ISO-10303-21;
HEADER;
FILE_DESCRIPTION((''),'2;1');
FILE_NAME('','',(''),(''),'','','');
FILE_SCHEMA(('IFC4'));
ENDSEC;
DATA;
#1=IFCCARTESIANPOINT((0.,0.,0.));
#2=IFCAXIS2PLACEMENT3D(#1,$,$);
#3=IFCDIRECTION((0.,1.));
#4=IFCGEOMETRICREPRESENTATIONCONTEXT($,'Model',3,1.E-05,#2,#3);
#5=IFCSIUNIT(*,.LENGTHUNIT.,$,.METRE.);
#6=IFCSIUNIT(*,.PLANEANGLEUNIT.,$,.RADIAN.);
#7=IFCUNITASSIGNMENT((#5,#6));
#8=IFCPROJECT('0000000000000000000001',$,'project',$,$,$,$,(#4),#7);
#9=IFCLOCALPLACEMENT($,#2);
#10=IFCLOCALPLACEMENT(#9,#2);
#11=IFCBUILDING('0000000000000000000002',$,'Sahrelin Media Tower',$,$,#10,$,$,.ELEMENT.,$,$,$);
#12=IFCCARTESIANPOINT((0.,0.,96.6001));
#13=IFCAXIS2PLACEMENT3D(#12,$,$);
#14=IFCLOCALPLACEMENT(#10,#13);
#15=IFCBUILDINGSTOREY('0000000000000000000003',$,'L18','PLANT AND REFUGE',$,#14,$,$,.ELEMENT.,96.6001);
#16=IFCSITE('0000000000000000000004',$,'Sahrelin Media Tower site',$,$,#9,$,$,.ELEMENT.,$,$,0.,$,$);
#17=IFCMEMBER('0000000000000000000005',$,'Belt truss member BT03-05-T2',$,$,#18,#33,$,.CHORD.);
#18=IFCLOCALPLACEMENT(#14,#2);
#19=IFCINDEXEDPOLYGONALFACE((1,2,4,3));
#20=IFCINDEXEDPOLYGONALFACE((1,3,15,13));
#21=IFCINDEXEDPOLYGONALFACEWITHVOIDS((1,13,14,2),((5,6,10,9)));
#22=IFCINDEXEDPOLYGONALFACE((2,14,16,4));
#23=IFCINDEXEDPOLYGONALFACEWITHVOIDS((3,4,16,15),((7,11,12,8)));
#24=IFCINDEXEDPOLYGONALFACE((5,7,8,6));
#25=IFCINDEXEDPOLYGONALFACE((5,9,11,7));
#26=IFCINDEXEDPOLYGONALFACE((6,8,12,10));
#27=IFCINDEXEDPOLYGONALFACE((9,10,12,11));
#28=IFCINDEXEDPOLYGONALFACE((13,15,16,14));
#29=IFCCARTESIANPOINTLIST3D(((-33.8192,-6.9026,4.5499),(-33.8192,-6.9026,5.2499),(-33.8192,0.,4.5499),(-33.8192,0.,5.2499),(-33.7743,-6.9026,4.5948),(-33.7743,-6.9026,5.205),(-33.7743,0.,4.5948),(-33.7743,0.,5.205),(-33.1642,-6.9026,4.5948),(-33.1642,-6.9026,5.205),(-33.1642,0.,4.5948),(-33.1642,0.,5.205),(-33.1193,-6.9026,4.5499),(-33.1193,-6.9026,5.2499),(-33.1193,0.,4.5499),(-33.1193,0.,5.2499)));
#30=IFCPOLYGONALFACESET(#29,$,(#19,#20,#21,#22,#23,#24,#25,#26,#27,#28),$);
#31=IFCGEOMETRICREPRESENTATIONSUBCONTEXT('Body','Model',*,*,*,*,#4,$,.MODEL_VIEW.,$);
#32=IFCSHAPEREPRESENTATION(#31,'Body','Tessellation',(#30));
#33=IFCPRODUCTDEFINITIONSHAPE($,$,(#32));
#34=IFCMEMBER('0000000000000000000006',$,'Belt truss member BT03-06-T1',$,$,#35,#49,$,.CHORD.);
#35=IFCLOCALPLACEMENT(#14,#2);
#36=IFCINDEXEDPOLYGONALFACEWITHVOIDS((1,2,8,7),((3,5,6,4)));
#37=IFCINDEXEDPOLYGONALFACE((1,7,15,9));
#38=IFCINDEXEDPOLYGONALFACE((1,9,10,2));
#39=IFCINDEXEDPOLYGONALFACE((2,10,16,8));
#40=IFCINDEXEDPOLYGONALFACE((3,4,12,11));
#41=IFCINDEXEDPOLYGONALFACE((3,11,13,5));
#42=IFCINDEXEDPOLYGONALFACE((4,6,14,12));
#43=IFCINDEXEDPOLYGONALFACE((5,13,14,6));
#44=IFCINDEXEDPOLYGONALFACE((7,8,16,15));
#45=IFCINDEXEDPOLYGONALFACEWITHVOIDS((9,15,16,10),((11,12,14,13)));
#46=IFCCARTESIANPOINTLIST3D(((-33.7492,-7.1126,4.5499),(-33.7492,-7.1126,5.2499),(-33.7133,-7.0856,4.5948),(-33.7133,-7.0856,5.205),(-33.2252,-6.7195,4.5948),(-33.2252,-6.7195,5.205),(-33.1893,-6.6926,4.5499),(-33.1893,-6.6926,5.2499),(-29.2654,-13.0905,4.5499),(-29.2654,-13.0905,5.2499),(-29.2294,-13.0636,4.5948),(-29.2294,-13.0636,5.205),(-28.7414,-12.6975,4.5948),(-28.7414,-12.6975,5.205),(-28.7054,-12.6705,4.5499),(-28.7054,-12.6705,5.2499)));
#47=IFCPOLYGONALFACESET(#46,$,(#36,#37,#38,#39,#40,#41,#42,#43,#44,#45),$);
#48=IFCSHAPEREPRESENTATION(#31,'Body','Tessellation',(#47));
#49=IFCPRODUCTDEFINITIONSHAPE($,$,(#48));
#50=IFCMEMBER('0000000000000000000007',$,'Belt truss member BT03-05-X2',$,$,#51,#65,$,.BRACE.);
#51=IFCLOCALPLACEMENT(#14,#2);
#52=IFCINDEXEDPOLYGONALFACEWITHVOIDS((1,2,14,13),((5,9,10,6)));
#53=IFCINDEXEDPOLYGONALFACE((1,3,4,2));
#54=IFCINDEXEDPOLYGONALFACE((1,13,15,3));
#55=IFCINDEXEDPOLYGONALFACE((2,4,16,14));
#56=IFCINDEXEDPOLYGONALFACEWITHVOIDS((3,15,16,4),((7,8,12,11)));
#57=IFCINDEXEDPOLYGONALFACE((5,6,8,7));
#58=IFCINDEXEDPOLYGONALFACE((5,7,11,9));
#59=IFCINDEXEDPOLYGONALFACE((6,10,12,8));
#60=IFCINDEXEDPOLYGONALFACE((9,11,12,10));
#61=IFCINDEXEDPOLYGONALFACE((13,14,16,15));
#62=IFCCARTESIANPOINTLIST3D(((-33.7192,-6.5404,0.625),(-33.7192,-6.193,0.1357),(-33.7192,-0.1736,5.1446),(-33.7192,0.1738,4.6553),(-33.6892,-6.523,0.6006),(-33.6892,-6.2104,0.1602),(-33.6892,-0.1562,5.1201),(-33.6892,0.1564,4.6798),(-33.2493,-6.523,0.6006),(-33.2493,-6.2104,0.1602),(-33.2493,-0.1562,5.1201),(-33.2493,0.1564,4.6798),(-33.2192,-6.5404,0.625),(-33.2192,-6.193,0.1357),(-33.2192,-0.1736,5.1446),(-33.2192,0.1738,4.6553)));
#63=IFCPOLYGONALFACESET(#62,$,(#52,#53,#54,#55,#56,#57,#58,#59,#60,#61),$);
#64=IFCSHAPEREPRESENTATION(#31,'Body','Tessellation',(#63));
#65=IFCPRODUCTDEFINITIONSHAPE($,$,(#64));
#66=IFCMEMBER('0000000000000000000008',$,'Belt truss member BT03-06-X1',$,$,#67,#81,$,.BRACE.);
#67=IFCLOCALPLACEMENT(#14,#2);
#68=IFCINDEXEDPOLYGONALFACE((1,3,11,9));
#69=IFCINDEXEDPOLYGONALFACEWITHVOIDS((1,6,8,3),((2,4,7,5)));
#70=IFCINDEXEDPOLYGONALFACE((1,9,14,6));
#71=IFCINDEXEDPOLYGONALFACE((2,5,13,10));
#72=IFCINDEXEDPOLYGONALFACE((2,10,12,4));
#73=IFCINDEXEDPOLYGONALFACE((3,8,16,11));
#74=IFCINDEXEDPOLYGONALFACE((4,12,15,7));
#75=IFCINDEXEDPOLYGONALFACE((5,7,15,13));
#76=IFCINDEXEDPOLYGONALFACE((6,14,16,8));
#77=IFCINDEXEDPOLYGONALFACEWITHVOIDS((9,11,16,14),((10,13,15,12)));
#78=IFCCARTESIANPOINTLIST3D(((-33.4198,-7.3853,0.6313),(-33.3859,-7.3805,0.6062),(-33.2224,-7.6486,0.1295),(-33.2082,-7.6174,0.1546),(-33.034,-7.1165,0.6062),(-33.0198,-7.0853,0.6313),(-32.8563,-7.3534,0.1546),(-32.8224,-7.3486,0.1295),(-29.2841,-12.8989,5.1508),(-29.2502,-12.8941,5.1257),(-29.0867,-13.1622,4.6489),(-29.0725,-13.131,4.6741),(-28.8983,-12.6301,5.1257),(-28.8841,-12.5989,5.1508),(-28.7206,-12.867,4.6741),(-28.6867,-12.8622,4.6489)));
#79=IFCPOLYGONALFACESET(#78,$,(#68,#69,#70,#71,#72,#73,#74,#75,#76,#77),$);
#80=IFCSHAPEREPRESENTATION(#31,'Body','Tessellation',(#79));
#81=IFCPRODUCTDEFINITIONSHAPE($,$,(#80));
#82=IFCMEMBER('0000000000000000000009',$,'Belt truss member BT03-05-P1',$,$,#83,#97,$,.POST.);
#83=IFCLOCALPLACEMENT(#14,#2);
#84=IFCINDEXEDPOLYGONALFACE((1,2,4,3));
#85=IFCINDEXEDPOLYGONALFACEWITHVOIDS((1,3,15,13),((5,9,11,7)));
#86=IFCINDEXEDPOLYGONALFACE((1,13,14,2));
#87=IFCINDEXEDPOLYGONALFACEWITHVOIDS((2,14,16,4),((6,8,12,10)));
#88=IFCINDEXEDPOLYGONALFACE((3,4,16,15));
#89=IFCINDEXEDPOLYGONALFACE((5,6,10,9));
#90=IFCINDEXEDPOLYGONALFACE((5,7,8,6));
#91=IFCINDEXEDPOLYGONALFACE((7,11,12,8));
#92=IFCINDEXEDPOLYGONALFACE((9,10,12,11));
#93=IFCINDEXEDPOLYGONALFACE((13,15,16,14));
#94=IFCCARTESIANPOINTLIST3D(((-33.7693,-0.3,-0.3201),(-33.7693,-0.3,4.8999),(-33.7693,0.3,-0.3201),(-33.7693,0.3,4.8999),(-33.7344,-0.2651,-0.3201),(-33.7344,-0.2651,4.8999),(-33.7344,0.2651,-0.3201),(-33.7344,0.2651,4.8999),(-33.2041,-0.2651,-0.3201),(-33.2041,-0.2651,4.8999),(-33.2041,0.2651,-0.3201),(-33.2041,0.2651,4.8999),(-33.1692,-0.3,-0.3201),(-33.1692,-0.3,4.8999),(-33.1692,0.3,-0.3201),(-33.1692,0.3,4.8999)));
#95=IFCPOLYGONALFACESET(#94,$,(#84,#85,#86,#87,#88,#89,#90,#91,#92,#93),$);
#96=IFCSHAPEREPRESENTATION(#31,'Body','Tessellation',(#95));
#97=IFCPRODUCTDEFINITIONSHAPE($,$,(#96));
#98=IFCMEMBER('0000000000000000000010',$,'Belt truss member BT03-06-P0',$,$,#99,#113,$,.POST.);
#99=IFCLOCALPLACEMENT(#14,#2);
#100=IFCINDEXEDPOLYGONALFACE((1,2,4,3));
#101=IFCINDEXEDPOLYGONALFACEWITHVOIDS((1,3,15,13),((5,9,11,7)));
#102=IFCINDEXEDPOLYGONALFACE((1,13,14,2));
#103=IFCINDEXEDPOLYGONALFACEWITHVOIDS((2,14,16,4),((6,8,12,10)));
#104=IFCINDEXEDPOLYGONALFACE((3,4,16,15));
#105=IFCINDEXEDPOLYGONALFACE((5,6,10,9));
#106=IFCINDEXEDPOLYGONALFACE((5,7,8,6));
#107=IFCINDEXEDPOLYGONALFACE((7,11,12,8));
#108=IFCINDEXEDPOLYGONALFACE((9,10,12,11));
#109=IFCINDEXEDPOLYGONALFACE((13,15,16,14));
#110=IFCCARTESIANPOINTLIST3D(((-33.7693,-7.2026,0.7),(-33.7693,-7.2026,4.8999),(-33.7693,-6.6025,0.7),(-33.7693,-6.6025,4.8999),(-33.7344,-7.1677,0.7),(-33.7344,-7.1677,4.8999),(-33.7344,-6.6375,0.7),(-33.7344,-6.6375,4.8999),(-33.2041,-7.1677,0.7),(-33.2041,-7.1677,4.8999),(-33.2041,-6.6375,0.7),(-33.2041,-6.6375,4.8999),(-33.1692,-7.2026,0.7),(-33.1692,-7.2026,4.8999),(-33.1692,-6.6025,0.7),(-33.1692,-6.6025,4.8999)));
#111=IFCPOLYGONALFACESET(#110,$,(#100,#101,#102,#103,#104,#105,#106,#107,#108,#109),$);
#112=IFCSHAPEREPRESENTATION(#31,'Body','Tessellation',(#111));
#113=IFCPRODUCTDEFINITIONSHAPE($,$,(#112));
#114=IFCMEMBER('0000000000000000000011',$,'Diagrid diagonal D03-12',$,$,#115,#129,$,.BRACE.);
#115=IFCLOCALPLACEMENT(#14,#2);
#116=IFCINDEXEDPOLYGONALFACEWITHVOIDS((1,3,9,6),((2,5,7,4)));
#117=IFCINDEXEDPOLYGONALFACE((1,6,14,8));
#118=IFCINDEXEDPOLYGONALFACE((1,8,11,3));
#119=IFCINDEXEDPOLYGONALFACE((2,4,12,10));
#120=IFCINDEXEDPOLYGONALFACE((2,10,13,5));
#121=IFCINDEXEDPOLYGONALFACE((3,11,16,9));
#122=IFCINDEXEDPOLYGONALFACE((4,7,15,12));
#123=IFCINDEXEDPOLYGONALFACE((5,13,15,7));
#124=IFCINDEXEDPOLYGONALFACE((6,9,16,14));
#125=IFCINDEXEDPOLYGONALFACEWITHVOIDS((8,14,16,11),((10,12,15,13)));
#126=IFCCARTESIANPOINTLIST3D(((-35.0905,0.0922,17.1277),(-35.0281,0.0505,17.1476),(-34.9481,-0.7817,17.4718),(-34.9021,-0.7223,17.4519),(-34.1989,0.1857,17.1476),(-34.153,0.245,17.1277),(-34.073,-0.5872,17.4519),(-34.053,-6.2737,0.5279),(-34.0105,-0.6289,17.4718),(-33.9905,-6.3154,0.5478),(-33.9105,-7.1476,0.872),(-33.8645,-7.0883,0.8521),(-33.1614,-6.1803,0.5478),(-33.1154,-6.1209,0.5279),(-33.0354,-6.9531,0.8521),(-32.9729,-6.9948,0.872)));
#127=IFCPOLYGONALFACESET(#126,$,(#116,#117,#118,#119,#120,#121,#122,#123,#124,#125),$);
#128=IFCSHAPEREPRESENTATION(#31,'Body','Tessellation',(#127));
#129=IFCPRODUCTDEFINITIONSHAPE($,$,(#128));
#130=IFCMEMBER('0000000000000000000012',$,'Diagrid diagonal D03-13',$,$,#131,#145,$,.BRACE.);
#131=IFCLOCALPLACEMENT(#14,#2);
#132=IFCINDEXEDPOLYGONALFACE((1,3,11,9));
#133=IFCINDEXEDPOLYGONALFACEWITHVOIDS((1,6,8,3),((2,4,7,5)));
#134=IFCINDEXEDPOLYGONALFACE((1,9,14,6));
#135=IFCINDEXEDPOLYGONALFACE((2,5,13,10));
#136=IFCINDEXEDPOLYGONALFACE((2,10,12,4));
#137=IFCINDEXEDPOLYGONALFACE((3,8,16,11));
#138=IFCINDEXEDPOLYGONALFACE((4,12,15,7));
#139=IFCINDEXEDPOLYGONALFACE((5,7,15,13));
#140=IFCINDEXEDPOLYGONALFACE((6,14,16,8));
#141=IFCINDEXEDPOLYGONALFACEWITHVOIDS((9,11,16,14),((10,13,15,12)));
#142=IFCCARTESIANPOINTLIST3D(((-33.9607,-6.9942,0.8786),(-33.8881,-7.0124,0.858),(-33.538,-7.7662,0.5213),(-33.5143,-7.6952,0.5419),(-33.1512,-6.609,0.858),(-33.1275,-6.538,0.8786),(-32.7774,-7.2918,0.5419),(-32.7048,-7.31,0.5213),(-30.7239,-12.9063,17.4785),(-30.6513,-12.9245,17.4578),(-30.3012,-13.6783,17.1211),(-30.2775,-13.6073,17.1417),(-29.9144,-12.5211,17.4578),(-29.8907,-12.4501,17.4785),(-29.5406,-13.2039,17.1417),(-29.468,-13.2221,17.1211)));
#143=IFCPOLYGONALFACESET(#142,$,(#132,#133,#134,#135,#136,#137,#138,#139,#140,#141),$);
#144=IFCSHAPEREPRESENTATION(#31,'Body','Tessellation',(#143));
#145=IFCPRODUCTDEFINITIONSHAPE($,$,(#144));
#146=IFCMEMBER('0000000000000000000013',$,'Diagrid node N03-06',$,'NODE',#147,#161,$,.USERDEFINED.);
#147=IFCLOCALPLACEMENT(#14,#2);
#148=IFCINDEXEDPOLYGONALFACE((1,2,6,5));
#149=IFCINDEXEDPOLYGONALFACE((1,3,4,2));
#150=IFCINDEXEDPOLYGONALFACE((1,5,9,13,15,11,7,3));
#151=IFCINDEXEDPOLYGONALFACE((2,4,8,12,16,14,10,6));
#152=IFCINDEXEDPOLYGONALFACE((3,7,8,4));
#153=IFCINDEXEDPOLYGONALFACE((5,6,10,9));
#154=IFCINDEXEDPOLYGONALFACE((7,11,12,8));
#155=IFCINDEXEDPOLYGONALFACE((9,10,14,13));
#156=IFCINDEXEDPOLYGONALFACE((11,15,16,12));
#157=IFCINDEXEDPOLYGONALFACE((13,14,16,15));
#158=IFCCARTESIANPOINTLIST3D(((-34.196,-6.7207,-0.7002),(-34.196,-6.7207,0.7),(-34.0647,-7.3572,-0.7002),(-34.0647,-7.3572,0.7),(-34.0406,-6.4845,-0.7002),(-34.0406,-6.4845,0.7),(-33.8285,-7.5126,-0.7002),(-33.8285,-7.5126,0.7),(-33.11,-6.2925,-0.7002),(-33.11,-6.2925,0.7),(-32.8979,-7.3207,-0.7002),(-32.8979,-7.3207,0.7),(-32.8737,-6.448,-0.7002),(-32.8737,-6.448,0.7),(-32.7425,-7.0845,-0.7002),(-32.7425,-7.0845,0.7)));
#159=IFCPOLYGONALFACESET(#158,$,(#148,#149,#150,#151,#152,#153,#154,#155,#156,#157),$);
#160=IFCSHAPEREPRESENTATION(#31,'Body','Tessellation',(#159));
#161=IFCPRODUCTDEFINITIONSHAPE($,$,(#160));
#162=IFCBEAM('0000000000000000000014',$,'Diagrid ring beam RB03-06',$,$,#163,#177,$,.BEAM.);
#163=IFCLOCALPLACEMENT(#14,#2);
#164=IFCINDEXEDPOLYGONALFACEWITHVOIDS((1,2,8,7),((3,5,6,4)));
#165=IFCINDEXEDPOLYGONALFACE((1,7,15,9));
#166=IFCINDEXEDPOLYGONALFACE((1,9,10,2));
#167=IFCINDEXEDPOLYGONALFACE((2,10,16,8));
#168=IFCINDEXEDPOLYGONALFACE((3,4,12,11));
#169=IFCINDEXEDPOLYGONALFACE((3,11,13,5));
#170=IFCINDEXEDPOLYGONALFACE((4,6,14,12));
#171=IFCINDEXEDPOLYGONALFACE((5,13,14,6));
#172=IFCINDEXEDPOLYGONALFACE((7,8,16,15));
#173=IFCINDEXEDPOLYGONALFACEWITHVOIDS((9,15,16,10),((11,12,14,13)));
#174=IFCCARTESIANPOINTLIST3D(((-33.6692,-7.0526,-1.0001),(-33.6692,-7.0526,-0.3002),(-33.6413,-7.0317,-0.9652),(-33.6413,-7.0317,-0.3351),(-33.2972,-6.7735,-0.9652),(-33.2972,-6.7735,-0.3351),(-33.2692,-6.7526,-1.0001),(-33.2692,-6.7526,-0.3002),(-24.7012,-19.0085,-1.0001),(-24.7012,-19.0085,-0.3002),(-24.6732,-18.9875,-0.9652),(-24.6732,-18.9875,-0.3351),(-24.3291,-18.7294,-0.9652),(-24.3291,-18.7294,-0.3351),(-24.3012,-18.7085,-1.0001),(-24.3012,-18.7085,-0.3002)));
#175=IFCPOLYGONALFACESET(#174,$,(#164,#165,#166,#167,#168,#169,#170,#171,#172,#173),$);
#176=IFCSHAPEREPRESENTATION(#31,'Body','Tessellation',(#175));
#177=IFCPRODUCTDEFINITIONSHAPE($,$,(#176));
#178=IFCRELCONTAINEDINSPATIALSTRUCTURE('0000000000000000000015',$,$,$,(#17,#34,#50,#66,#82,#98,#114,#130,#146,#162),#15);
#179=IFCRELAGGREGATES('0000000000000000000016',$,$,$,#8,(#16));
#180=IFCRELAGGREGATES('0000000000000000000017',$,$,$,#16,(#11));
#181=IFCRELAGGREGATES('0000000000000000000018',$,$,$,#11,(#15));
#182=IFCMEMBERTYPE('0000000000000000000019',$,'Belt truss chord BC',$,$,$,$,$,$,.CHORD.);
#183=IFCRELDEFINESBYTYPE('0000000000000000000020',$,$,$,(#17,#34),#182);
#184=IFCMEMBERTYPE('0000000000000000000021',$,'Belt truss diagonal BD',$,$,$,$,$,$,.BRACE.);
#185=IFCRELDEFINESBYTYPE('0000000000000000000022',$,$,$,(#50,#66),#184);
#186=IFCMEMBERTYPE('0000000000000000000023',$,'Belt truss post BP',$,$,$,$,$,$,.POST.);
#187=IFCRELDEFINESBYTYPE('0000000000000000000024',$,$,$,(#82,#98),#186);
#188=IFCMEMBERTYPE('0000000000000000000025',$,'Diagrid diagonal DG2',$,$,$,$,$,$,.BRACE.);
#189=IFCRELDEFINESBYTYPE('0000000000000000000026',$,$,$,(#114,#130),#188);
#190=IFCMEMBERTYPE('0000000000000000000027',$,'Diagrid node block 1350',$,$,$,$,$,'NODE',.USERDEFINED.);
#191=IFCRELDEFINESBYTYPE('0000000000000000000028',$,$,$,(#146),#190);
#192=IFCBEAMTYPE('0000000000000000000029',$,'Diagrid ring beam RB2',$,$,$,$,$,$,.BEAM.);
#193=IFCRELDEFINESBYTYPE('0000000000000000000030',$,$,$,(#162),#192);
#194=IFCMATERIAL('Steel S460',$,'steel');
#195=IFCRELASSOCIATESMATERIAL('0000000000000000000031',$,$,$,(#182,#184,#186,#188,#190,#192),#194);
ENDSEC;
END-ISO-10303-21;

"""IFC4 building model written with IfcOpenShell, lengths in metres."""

from ifc_helpers import new_model, si_unit, direction, frame, origin, origin_2d, place, context, subcontext, project, spatial, polyline, hollow_rectangle, outline, extrude, material, material_profile, profile_set, type_object, element, save


model = new_model("IFC4")

# Units and contexts
model_context = context("Model", 3, precision=1e-05, world=origin(), true_north=direction((0.0, 1.0)))
body_context = subcontext(model_context, "Body", "Model", "MODEL_VIEW")
ifc_project = project(units=[si_unit("LENGTHUNIT", "METRE"), si_unit("PLANEANGLEUNIT", "RADIAN")], contexts=[model_context])

# Site, building, storey
site_placement = place(None, origin())
site = spatial("IfcSite", under=ifc_project, at=site_placement, Name="Sahrelin Media Tower site", CompositionType="ELEMENT", RefElevation=0.0)
building_placement = place(site_placement, origin())
building = spatial("IfcBuilding", under=site, at=building_placement, Name="Sahrelin Media Tower", CompositionType="ELEMENT")
storey_placement = place(building_placement, frame((0.0, 0.0, 96.6001)))
storey = spatial("IfcBuildingStorey", under=building, at=storey_placement, Name="L18", Description="PLANT AND REFUGE", CompositionType="ELEMENT", Elevation=96.6001)

# Members
ifc_material_1 = material(Name="Steel S460", Category="steel")
ifc_material_profile_1 = material_profile(ifc_material_1, hollow_rectangle(XDim=0.7, YDim=0.7, WallThickness=0.0449, at=origin_2d()), Name="Belt truss chord BC")
ifc_profile_set_1 = profile_set([ifc_material_profile_1], Name="Steel S460")
member_type_1 = type_object("IfcMemberType", Name="Belt truss chord BC", PredefinedType="CHORD", material=ifc_profile_set_1)
member_1_placement = place(storey_placement, frame((-33.4692, 0.0, 4.8999), z_axis=(0.0, -1.0, 0.0), x_axis=(1.0, 0.0, 0.0)))
element("IfcMember", 1, at=member_1_placement, inside=storey, type_object=member_type_1, Name="Belt truss member BT03-05-T2", PredefinedType="CHORD", context=body_context, shape_type="SweptSolid", body=[
    extrude(hollow_rectangle(XDim=0.7, YDim=0.7, WallThickness=0.0449, at=origin_2d()), origin(), (0.0, 0.0, 1.0), 6.9026),
])
member_2_placement = place(storey_placement, frame((-33.4692, -6.9026, 4.8999), z_axis=(0.600031, -0.799976, 0.0), x_axis=(0.799976, 0.600031, 0.0)))
element("IfcMember", 2, at=member_2_placement, inside=storey, type_object=member_type_1, Name="Belt truss member BT03-06-T1", PredefinedType="CHORD", context=body_context, shape_type="SweptSolid", body=[
    extrude(hollow_rectangle(XDim=0.7, YDim=0.7, WallThickness=0.0449, at=origin_2d()), origin(), (0.0, 0.0, 1.0), 7.4727),
])
ifc_material_profile_2 = material_profile(ifc_material_1, hollow_rectangle(XDim=0.5, YDim=0.6001, WallThickness=0.03, at=origin_2d()), Name="Belt truss diagonal BD")
ifc_profile_set_2 = profile_set([ifc_material_profile_2], Name="Steel S460")
member_type_2 = type_object("IfcMemberType", Name="Belt truss diagonal BD", PredefinedType="BRACE", material=ifc_profile_set_2)
member_3_placement = place(storey_placement, frame((-33.4692, -6.3667, 0.3804), z_axis=(0.0, 0.815433, 0.578852), x_axis=(-1.0, 0.0, 0.0)))
element("IfcMember", 3, at=member_3_placement, inside=storey, type_object=member_type_2, Name="Belt truss member BT03-05-X2", PredefinedType="BRACE", context=body_context, shape_type="SweptSolid", body=[
    extrude(hollow_rectangle(XDim=0.5, YDim=0.6001, WallThickness=0.03, at=origin_2d()), origin(), (0.0, 0.0, 1.0), 7.8079),
])
member_4_placement = place(storey_placement, frame((-33.1211, -7.3669, 0.3804), z_axis=(0.501787, -0.66897, 0.548352), x_axis=(0.799966, 0.600045, 0.0)))
element("IfcMember", 4, at=member_4_placement, inside=storey, type_object=member_type_2, Name="Belt truss member BT03-06-X1", PredefinedType="BRACE", context=body_context, shape_type="SweptSolid", body=[
    extrude(hollow_rectangle(XDim=0.5, YDim=0.6001, WallThickness=0.03, at=origin_2d()), origin(), (0.0, 0.0, 1.0), 8.2419),
])
ifc_material_profile_3 = material_profile(ifc_material_1, hollow_rectangle(XDim=0.6001, YDim=0.6001, WallThickness=0.0349, at=origin_2d()), Name="Belt truss post BP")
ifc_profile_set_3 = profile_set([ifc_material_profile_3], Name="Steel S460")
member_type_3 = type_object("IfcMemberType", Name="Belt truss post BP", PredefinedType="POST", material=ifc_profile_set_3)
member_5_placement = place(storey_placement, frame((-33.4692, 0.0, -0.3201), z_axis=(0.0, 0.0, 1.0), x_axis=(1.0, 0.0, 0.0)))
element("IfcMember", 5, at=member_5_placement, inside=storey, type_object=member_type_3, Name="Belt truss member BT03-05-P1", PredefinedType="POST", context=body_context, shape_type="SweptSolid", body=[
    extrude(hollow_rectangle(XDim=0.6001, YDim=0.6001, WallThickness=0.0349, at=origin_2d()), origin(), (0.0, 0.0, 1.0), 5.22),
])
member_6_placement = place(storey_placement, frame((-33.4692, -6.9026, 0.7), z_axis=(0.0, 0.0, 1.0), x_axis=(1.0, 0.0, 0.0)))
element("IfcMember", 6, at=member_6_placement, inside=storey, type_object=member_type_3, Name="Belt truss member BT03-06-P0", PredefinedType="POST", context=body_context, shape_type="SweptSolid", body=[
    extrude(hollow_rectangle(XDim=0.6001, YDim=0.6001, WallThickness=0.0349, at=origin_2d()), origin(), (0.0, 0.0, 1.0), 4.2),
])
ifc_material_profile_4 = material_profile(ifc_material_1, hollow_rectangle(XDim=0.95, YDim=0.95, WallThickness=0.0549, at=origin_2d()), Name="Diagrid diagonal DG2")
ifc_profile_set_4 = profile_set([ifc_material_profile_4], Name="Steel S460")
member_type_4 = type_object("IfcMemberType", Name="Diagrid diagonal DG2", PredefinedType="BRACE", material=ifc_profile_set_4)
member_7_placement = place(storey_placement, frame((-33.5129, -6.6343, 0.7), z_axis=(-0.058263, 0.35746, 0.932109), x_axis=(-0.986976, -0.160869, 0.0)))
element("IfcMember", 7, at=member_7_placement, inside=storey, type_object=member_type_4, Name="Diagrid diagonal D03-12", PredefinedType="BRACE", context=body_context, shape_type="SweptSolid", body=[
    extrude(hollow_rectangle(XDim=0.95, YDim=0.95, WallThickness=0.0549, at=origin_2d()), origin(), (0.0, 0.0, 1.0), 17.8088),
])
member_8_placement = place(storey_placement, frame((-33.3328, -7.1521, 0.7), z_axis=(0.180666, -0.329989, 0.926535), x_axis=(0.877144, 0.480227, 0.0)))
element("IfcMember", 8, at=member_8_placement, inside=storey, type_object=member_type_4, Name="Diagrid diagonal D03-13", PredefinedType="BRACE", context=body_context, shape_type="SweptSolid", body=[
    extrude(hollow_rectangle(XDim=0.95, YDim=0.95, WallThickness=0.0549, at=origin_2d()), origin(), (0.0, 0.0, 1.0), 17.916),
])
ifc_material_profile_5 = material_profile(ifc_material_1, outline(polyline([(0.4751, -0.5249), (0.675, -0.325), (0.675, 0.325), (0.4751, 0.5249), (-0.4751, 0.5249), (-0.675, 0.325), (-0.675, -0.325), (-0.4751, -0.5249), (0.4751, -0.5249)])), Name="Diagrid node block 1350")
ifc_profile_set_5 = profile_set([ifc_material_profile_5], Name="Steel S460")
member_type_5 = type_object("IfcMemberType", Name="Diagrid node block 1350", ElementType="NODE", PredefinedType="USERDEFINED", material=ifc_profile_set_5)
member_9_placement = place(storey_placement, frame((-33.4692, -6.9026, -0.7002), z_axis=(0.0, 0.0, 1.0), x_axis=(-0.979388, -0.201989, 0.0)))
element("IfcMember", 9, at=member_9_placement, inside=storey, type_object=member_type_5, Name="Diagrid node N03-06", ObjectType="NODE", PredefinedType="USERDEFINED", context=body_context, shape_type="SweptSolid", body=[
    extrude(outline(polyline([(0.4751, -0.5249), (0.675, -0.325), (0.675, 0.325), (0.4751, 0.5249), (-0.4751, 0.5249), (-0.675, 0.325), (-0.675, -0.325), (-0.4751, -0.5249), (0.4751, -0.5249)])), origin(), (0.0, 0.0, 1.0), 1.4001),
])

# Beam
ifc_material_profile_6 = material_profile(ifc_material_1, hollow_rectangle(XDim=0.5, YDim=0.7, WallThickness=0.0349, at=origin_2d()), Name="Diagrid ring beam RB2")
ifc_profile_set_6 = profile_set([ifc_material_profile_6], Name="Steel S460")
beam_type_1 = type_object("IfcBeamType", Name="Diagrid ring beam RB2", PredefinedType="BEAM", material=ifc_profile_set_6)
beam_1_placement = place(storey_placement, frame((-33.4692, -6.9026, -0.6501), z_axis=(0.60005, -0.799963, 0.0), x_axis=(0.799963, 0.60005, 0.0)))
element("IfcBeam", 10, at=beam_1_placement, inside=storey, type_object=beam_type_1, Name="Diagrid ring beam RB03-06", PredefinedType="BEAM", context=body_context, shape_type="SweptSolid", body=[
    extrude(hollow_rectangle(XDim=0.5, YDim=0.7, WallThickness=0.0349, at=origin_2d()), origin(), (0.0, 0.0, 1.0), 14.9456),
])

save(model, "model.ifc")
